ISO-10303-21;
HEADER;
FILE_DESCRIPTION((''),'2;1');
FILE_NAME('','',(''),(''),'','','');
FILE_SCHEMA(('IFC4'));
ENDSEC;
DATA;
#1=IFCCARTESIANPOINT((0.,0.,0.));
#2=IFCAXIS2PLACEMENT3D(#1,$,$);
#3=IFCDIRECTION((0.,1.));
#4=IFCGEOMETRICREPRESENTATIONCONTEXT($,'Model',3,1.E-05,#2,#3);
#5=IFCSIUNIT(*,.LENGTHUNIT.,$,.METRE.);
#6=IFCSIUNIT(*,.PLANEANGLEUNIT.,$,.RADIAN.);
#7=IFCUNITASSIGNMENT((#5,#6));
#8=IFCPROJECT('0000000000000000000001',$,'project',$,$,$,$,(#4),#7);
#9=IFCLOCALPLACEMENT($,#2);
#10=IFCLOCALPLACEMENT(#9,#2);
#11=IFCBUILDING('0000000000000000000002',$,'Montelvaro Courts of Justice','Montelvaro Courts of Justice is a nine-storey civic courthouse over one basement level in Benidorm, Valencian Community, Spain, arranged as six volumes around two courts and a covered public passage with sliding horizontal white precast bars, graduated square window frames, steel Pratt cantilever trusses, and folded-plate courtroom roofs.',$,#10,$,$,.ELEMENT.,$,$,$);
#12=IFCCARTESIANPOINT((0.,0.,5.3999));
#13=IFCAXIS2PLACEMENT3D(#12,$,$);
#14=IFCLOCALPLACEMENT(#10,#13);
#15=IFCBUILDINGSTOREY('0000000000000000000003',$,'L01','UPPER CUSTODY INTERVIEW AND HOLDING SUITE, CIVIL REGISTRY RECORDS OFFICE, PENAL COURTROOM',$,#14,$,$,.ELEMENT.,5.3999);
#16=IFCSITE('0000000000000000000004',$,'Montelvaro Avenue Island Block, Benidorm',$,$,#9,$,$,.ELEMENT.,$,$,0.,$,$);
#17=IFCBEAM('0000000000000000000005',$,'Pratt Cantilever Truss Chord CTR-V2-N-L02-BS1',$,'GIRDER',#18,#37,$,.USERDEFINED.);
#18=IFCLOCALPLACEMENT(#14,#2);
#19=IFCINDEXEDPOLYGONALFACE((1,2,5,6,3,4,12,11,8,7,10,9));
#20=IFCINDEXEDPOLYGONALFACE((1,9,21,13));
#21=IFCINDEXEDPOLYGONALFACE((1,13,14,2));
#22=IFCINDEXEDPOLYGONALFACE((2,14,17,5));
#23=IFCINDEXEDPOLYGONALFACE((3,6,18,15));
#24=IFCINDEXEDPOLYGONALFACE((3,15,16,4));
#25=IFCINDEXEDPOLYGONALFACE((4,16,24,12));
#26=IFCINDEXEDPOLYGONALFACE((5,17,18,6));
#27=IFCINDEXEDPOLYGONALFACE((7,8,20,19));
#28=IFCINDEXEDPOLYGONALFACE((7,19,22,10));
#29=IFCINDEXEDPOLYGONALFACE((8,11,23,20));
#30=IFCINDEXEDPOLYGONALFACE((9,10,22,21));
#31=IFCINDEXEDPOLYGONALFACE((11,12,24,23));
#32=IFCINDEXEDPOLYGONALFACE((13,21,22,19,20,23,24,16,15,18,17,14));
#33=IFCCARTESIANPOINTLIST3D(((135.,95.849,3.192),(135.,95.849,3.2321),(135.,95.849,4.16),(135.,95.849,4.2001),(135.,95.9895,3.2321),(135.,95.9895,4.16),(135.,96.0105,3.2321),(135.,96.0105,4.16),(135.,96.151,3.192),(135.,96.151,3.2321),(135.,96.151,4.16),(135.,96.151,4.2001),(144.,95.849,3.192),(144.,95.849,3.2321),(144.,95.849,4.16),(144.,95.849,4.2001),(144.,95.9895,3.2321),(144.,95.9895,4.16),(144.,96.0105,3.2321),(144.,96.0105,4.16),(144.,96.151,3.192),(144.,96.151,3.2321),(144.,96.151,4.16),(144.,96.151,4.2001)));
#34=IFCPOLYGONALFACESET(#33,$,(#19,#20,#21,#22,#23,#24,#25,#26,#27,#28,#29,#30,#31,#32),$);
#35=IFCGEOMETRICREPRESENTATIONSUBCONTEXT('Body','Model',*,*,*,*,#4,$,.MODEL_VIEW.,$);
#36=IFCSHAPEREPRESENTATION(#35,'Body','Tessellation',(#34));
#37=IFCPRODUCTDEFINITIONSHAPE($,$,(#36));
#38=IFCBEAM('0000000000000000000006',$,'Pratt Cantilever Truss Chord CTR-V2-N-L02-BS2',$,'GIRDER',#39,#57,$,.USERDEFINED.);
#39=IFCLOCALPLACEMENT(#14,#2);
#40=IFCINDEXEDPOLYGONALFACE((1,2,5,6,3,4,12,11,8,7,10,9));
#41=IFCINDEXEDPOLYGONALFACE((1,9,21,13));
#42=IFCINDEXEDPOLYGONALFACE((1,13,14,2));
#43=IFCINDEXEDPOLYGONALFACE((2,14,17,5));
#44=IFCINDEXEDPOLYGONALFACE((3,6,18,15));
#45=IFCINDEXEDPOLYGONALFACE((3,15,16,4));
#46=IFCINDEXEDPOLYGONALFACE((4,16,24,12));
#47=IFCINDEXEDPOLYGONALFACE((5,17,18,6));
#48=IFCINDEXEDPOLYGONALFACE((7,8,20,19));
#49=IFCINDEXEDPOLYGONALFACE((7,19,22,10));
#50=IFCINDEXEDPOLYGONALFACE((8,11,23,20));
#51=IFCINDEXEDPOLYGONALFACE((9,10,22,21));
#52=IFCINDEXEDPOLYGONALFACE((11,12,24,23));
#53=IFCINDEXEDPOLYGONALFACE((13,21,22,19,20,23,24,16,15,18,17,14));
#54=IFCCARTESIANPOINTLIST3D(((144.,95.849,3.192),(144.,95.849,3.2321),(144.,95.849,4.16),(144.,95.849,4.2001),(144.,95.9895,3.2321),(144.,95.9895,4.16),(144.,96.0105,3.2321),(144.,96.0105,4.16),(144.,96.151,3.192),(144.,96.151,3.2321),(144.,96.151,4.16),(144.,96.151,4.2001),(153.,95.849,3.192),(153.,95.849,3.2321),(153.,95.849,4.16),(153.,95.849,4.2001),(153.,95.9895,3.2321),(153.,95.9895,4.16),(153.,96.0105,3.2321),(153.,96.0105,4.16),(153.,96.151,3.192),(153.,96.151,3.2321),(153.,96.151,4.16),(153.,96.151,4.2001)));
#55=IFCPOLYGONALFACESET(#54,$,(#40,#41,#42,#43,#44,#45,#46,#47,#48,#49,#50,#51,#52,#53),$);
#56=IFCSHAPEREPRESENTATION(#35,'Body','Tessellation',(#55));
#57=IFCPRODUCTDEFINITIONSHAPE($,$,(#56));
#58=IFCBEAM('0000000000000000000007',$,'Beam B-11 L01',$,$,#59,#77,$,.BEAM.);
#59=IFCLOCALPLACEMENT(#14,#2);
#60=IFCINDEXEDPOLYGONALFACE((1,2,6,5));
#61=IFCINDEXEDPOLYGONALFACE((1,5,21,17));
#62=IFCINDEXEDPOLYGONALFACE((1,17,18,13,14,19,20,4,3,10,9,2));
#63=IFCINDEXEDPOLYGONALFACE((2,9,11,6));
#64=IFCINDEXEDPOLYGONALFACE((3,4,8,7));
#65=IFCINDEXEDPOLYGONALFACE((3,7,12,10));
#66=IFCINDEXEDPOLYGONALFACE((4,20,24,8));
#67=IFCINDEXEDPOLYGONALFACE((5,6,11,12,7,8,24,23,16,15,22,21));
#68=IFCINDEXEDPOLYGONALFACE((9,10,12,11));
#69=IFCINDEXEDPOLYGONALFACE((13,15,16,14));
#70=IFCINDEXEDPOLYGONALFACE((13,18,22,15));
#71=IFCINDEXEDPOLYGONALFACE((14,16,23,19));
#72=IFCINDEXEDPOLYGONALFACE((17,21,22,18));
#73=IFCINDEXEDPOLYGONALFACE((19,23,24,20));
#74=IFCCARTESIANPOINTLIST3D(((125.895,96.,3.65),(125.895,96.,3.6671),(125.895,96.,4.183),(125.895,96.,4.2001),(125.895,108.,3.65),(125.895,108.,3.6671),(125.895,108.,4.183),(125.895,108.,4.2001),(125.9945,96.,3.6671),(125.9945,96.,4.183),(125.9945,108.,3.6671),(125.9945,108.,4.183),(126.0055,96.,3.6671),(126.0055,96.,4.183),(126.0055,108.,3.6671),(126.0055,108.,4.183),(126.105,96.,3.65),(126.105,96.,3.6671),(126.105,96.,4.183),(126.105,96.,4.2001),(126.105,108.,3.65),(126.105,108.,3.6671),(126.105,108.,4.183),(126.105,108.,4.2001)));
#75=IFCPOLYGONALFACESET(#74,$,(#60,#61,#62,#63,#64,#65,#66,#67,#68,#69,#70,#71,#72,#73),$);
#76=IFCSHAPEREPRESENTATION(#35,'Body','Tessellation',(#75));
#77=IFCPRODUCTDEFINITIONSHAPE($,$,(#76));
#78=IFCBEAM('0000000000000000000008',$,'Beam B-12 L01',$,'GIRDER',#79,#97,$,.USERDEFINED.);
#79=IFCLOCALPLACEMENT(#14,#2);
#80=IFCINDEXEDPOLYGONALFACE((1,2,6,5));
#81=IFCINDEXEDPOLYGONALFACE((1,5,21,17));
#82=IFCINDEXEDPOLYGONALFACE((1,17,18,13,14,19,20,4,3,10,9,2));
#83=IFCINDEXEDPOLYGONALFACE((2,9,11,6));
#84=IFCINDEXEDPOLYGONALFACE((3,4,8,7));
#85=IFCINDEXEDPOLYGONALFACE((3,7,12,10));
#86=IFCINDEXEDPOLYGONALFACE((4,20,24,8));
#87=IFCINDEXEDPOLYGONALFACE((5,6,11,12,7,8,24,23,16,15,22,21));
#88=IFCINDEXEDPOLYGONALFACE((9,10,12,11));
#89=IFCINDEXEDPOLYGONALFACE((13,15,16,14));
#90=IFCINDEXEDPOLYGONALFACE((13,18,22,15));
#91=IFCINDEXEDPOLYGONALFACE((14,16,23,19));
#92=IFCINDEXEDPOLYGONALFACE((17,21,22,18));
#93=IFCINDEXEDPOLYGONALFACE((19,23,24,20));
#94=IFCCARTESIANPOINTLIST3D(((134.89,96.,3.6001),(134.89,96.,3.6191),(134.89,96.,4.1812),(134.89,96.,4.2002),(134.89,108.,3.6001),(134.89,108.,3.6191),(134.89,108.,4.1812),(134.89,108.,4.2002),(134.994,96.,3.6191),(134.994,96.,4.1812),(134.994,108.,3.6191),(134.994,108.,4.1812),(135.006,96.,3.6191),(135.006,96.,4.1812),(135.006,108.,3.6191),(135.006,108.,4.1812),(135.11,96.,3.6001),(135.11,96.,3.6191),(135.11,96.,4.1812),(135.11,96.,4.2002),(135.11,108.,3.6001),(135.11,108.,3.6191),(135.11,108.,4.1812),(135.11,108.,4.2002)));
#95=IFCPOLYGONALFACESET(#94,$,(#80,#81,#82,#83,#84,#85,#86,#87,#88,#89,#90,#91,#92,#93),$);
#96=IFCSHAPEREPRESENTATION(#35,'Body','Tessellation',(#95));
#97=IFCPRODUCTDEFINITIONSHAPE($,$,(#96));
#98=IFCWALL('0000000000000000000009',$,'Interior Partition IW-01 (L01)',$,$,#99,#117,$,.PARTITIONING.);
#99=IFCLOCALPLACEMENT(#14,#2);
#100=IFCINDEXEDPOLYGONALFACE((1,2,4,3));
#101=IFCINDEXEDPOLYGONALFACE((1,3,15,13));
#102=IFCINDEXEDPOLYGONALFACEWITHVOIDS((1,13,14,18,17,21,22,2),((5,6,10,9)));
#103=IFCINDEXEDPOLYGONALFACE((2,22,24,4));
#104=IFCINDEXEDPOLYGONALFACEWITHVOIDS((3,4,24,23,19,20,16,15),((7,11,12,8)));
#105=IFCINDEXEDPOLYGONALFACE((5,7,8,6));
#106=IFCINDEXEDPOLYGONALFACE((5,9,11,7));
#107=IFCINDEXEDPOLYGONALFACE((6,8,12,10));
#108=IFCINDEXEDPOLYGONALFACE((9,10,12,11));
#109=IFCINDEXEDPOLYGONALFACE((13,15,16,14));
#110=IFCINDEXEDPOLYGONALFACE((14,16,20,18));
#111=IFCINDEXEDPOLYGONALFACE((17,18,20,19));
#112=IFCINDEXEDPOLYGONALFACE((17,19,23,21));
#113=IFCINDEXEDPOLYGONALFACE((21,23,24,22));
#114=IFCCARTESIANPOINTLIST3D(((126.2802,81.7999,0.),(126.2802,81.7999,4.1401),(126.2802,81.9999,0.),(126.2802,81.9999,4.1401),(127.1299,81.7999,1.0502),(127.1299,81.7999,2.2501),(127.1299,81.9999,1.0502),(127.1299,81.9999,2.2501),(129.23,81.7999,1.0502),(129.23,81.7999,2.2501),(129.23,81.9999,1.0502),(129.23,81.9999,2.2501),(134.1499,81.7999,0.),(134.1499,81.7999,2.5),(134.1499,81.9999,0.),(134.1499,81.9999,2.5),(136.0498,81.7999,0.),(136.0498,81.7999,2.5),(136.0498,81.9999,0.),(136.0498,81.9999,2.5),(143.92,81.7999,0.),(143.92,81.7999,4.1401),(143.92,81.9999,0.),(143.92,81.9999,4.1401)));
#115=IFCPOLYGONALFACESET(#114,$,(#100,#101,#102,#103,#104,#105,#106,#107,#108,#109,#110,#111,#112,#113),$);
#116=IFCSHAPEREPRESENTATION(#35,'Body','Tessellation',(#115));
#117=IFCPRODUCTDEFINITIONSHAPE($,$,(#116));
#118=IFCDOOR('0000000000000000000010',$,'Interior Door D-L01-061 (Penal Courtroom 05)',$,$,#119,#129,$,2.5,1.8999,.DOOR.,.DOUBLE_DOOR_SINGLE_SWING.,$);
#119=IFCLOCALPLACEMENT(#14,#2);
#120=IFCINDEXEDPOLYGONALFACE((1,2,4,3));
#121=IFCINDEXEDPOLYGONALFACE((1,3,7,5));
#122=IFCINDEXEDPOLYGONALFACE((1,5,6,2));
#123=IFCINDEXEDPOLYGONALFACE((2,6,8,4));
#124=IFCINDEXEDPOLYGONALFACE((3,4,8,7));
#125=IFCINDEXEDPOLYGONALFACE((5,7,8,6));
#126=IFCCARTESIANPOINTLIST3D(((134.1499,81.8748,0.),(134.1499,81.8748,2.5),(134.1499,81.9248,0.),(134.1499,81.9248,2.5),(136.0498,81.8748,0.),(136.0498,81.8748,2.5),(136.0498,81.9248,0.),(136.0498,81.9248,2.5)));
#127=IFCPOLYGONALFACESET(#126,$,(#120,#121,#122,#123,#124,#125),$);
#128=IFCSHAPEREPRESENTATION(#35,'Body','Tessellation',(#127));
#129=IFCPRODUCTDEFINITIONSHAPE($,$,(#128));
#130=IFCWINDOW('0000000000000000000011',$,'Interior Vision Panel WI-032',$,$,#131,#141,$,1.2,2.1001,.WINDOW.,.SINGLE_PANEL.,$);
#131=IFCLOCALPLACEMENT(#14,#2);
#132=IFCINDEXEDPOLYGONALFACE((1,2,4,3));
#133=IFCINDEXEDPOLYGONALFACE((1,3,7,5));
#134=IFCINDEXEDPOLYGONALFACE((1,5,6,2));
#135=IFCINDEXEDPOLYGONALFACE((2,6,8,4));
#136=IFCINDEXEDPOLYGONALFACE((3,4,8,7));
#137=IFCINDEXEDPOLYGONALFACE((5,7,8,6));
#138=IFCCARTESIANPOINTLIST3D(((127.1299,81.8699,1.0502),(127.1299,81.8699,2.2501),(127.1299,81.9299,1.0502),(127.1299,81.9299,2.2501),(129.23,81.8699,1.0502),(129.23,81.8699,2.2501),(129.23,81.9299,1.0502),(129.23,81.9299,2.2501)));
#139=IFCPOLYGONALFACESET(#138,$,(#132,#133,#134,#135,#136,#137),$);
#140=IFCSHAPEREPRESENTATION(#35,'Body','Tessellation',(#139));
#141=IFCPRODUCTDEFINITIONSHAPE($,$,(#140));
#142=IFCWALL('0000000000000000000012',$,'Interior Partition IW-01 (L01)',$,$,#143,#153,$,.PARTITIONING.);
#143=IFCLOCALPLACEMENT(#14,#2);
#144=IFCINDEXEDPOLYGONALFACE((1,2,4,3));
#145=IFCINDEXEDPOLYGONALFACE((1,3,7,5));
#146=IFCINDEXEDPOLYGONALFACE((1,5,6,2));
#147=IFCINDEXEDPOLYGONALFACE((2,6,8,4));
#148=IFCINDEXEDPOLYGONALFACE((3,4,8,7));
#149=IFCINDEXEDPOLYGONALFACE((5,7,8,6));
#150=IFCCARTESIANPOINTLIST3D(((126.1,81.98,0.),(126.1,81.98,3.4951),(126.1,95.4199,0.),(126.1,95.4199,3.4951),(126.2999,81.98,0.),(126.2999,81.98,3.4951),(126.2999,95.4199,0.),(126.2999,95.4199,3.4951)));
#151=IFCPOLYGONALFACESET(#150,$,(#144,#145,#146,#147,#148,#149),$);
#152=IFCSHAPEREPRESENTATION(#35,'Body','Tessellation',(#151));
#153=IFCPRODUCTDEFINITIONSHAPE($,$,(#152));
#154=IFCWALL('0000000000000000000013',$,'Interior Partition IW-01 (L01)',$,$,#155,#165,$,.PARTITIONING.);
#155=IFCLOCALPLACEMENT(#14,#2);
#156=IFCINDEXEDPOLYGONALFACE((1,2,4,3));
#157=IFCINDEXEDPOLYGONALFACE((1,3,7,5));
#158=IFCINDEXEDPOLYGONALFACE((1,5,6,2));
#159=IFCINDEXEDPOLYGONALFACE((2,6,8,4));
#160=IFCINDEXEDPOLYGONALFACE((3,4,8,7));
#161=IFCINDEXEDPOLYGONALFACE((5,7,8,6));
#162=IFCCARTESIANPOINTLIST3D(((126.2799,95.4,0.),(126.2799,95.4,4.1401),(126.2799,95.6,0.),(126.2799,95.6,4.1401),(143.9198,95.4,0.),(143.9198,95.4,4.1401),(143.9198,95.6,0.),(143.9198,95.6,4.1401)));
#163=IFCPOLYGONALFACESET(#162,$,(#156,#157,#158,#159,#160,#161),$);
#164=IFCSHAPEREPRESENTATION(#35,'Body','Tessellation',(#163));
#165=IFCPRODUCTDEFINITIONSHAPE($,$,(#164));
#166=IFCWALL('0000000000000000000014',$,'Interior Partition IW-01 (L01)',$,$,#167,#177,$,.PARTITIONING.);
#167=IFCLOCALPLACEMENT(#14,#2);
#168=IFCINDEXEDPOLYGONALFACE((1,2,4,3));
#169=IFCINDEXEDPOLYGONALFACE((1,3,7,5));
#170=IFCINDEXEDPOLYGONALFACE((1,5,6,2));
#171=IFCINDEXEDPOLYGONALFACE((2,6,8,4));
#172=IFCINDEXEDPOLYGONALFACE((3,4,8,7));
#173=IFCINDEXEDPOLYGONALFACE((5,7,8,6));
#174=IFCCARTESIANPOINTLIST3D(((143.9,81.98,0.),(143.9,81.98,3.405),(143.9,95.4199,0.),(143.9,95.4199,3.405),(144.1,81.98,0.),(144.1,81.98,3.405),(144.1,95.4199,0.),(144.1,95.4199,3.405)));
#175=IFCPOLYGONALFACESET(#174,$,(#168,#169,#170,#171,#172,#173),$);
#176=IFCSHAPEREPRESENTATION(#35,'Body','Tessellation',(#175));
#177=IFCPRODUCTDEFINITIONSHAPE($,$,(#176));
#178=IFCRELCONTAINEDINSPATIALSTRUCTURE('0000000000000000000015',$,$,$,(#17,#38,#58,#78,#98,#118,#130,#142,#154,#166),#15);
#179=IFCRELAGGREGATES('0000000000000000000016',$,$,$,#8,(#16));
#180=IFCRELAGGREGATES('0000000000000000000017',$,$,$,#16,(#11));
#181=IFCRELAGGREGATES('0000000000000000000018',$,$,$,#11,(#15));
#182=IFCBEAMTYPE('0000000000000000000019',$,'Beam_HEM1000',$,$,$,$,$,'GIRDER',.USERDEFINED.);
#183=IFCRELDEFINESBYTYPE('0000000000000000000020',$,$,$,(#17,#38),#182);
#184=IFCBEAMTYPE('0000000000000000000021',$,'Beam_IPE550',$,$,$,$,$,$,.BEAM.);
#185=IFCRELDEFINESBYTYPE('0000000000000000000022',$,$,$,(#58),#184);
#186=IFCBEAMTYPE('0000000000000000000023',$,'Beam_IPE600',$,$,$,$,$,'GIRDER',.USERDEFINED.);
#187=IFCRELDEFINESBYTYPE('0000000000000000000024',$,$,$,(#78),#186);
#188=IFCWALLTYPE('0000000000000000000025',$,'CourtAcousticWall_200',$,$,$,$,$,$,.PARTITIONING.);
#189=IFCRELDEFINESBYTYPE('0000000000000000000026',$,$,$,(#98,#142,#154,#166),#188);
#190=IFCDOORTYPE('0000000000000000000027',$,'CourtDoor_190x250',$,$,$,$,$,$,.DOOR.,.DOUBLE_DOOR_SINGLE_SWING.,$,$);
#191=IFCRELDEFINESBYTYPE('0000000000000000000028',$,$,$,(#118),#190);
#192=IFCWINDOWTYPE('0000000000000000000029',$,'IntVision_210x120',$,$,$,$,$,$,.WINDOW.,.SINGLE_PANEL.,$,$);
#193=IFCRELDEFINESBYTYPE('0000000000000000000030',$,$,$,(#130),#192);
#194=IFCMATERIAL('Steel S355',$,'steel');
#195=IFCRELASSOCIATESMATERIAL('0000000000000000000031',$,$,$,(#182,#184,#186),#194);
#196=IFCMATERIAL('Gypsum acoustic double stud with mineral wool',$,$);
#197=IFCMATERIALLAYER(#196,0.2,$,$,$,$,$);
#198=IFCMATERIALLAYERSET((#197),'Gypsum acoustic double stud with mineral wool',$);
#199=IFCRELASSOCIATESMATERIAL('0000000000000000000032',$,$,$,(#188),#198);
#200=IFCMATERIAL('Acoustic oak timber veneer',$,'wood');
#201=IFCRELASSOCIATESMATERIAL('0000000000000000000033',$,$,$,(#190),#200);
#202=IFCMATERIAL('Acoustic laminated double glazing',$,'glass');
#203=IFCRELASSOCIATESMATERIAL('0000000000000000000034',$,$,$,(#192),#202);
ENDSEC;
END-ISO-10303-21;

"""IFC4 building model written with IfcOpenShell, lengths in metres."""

from ifc_helpers import new_model, si_unit, direction, frame, frame_2d, origin, origin_2d, place, context, subcontext, project, spatial, rectangle, i_section, extrude, material, layer, layer_set, material_profile, profile_set, type_object, element, fill, save


model = new_model("IFC4")

# Units and contexts
model_context = context("Model", 3, precision=1e-05, world=origin(), true_north=direction((0.0, 1.0)))
body_context = subcontext(model_context, "Body", "Model", "MODEL_VIEW")
ifc_project = project(units=[si_unit("LENGTHUNIT", "METRE"), si_unit("PLANEANGLEUNIT", "RADIAN")], contexts=[model_context])

# Site, building, storey
site_placement = place(None, origin())
site = spatial("IfcSite", under=ifc_project, at=site_placement, Name="Montelvaro Avenue Island Block, Benidorm", CompositionType="ELEMENT", RefElevation=0.0)
building_placement = place(site_placement, origin())
building = spatial("IfcBuilding", under=site, at=building_placement, Name="Montelvaro Courts of Justice", Description="Montelvaro Courts of Justice is a nine-storey civic courthouse over one basement level in Benidorm, Valencian Community, Spain, arranged as six volumes around two courts and a covered public passage with sliding horizontal white precast bars, graduated square window frames, steel Pratt cantilever trusses, and folded-plate courtroom roofs.", CompositionType="ELEMENT")
storey_placement = place(building_placement, frame((0.0, 0.0, 5.3999)))
storey = spatial("IfcBuildingStorey", under=building, at=storey_placement, Name="L01", Description="UPPER CUSTODY INTERVIEW AND HOLDING SUITE, CIVIL REGISTRY RECORDS OFFICE, PENAL COURTROOM", CompositionType="ELEMENT", Elevation=5.3999)

# Shared definitions
ifc_material_1 = material(Name="Steel S355", Category="steel")

# Beams
ifc_material_profile_1 = material_profile(ifc_material_1, i_section(OverallWidth=0.302, OverallDepth=1.0081, WebThickness=0.021, FlangeThickness=0.04, at=origin_2d()), Name="HEM 1000")
ifc_profile_set_1 = profile_set([ifc_material_profile_1], Name="Steel S355")
beam_type_1 = type_object("IfcBeamType", Name="Beam_HEM1000", ElementType="GIRDER", PredefinedType="USERDEFINED", material=ifc_profile_set_1)
for number, where, z_axis, x_axis, name in (
    (1, (135.0, 96.0, 3.696), (1.0, 0.0, 0.0), (0.0, 1.0, 0.0), "Pratt Cantilever Truss Chord CTR-V2-N-L02-BS1"),
    (2, (144.0, 96.0, 3.696), (1.0, 0.0, 0.0), (0.0, 1.0, 0.0), "Pratt Cantilever Truss Chord CTR-V2-N-L02-BS2"),
):
    element("IfcBeam", number, at=place(storey_placement, frame(where, z_axis=z_axis, x_axis=x_axis)), inside=storey, type_object=beam_type_1, Name=name, ObjectType="GIRDER", PredefinedType="USERDEFINED", context=body_context, shape_type="SweptSolid", body=[
        extrude(i_section(OverallWidth=0.302, OverallDepth=1.0081, WebThickness=0.021, FlangeThickness=0.04, at=origin_2d()), origin(), (0.0, 0.0, 1.0), 9.0),
    ])
ifc_material_profile_2 = material_profile(ifc_material_1, i_section(OverallWidth=0.21, OverallDepth=0.55, WebThickness=0.011, FlangeThickness=0.0171, at=origin_2d()), Name="IPE 550")
ifc_profile_set_2 = profile_set([ifc_material_profile_2], Name="Steel S355")
beam_type_2 = type_object("IfcBeamType", Name="Beam_IPE550", PredefinedType="BEAM", material=ifc_profile_set_2)
beam_1_placement = place(storey_placement, frame((126.0, 96.0, 3.925), z_axis=(0.0, 1.0, 0.0), x_axis=(-1.0, 0.0, 0.0)))
element("IfcBeam", 3, at=beam_1_placement, inside=storey, type_object=beam_type_2, Name="Beam B-11 L01", PredefinedType="BEAM", context=body_context, shape_type="SweptSolid", body=[
    extrude(i_section(OverallWidth=0.21, OverallDepth=0.55, WebThickness=0.011, FlangeThickness=0.0171, at=origin_2d()), origin(), (0.0, 0.0, 1.0), 12.0),
])
ifc_material_profile_3 = material_profile(ifc_material_1, i_section(OverallWidth=0.22, OverallDepth=0.6001, WebThickness=0.012, FlangeThickness=0.019, at=origin_2d()), Name="IPE 600")
ifc_profile_set_3 = profile_set([ifc_material_profile_3], Name="Steel S355")
beam_type_3 = type_object("IfcBeamType", Name="Beam_IPE600", ElementType="GIRDER", PredefinedType="USERDEFINED", material=ifc_profile_set_3)
beam_2_placement = place(storey_placement, frame((135.0, 96.0, 3.9001), z_axis=(0.0, 1.0, 0.0), x_axis=(-1.0, 0.0, 0.0)))
element("IfcBeam", 4, at=beam_2_placement, inside=storey, type_object=beam_type_3, Name="Beam B-12 L01", ObjectType="GIRDER", PredefinedType="USERDEFINED", context=body_context, shape_type="SweptSolid", body=[
    extrude(i_section(OverallWidth=0.22, OverallDepth=0.6001, WebThickness=0.012, FlangeThickness=0.019, at=origin_2d()), origin(), (0.0, 0.0, 1.0), 12.0),
])

# Wall, openings, door, window
ifc_material_2 = material(Name="Gypsum acoustic double stud with mineral wool")
ifc_layer = layer(ifc_material_2, 0.2)
ifc_layer_set = layer_set([ifc_layer], Name="Gypsum acoustic double stud with mineral wool")
wall_type = type_object("IfcWallType", Name="CourtAcousticWall_200", PredefinedType="PARTITIONING", material=ifc_layer_set)
wall_1_placement = place(storey_placement, frame((143.9199, 81.8999, 0.0), z_axis=(0.0, 0.0, 1.0), x_axis=(-1.0, 0.0, 0.0)))
wall_1 = element("IfcWall", 5, at=wall_1_placement, inside=storey, type_object=wall_type, Name="Interior Partition IW-01 (L01)", PredefinedType="PARTITIONING", context=body_context, shape_type="SweptSolid", body=[
    extrude(rectangle(XDim=17.6399, YDim=0.2, at=frame_2d((8.8198, 0.0))), origin(), (0.0, 0.0, 1.0), 4.1401),
])
opening_1_placement = place(wall_1_placement, frame((7.8701, 0.0, 0.0)))
opening_1 = element("IfcOpeningElement", 6, at=opening_1_placement, cuts=wall_1, PredefinedType="OPENING", context=body_context, shape_type="SweptSolid", body=[
    extrude(rectangle(XDim=1.8999, YDim=2.5, at=frame_2d((0.95, 1.25))), frame((0.0, 0.1147, 0.0), z_axis=(0.0, -1.0, 0.0), x_axis=(1.0, 0.0, 0.0)), (0.0, 0.0, 1.0), 0.2297),
])
opening_2_placement = place(wall_1_placement, frame((14.6899, 0.0, 1.05)))
opening_2 = element("IfcOpeningElement", 7, at=opening_2_placement, cuts=wall_1, PredefinedType="OPENING", context=body_context, shape_type="SweptSolid", body=[
    extrude(rectangle(XDim=2.1001, YDim=1.2, at=frame_2d((1.05, 0.6001))), frame((0.0, 0.1147, 0.0), z_axis=(0.0, -1.0, 0.0), x_axis=(1.0, 0.0, 0.0)), (0.0, 0.0, 1.0), 0.2297),
])
ifc_material_3 = material(Name="Acoustic oak timber veneer", Category="wood")
door_type = type_object("IfcDoorType", Name="CourtDoor_190x250", OperationType="DOUBLE_DOOR_SINGLE_SWING", PredefinedType="DOOR", material=ifc_material_3)
door_placement = place(opening_1_placement, frame((1.8999, 0.0, 0.0), z_axis=(0.0, 0.0, 1.0), x_axis=(-1.0, 0.0, 0.0)))
door = element("IfcDoor", 8, at=door_placement, inside=storey, type_object=door_type, Name="Interior Door D-L01-061 (Penal Courtroom 05)", OperationType="DOUBLE_DOOR_SINGLE_SWING", OverallHeight=2.5, OverallWidth=1.8999, PredefinedType="DOOR", context=body_context, shape_type="SweptSolid", body=[
    extrude(rectangle(XDim=1.8999, YDim=2.5, at=frame_2d((0.95, 1.25))), frame((0.0, 0.0249, 0.0), z_axis=(0.0, -1.0, 0.0), x_axis=(1.0, 0.0, 0.0)), (0.0, 0.0, 1.0), 0.05),
])
fill(opening_1, door)
ifc_material_4 = material(Name="Acoustic laminated double glazing", Category="glass")
window_type = type_object("IfcWindowType", Name="IntVision_210x120", PartitioningType="SINGLE_PANEL", PredefinedType="WINDOW", material=ifc_material_4)
window_placement = place(opening_2_placement, origin())
window = element("IfcWindow", 9, at=window_placement, inside=storey, type_object=window_type, Name="Interior Vision Panel WI-032", OverallHeight=1.2, OverallWidth=2.1001, PartitioningType="SINGLE_PANEL", PredefinedType="WINDOW", context=body_context, shape_type="SweptSolid", body=[
    extrude(rectangle(XDim=2.1001, YDim=1.2, at=frame_2d((1.05, 0.6001))), frame((0.0, 0.03, 0.0), z_axis=(0.0, -1.0, 0.0), x_axis=(1.0, 0.0, 0.0)), (0.0, 0.0, 1.0), 0.0601),
])
fill(opening_2, window)

# Walls
wall_2_placement = place(storey_placement, frame((126.2, 81.98, 0.0), z_axis=(0.0, 0.0, 1.0), x_axis=(0.0, 1.0, 0.0)))
element("IfcWall", 10, at=wall_2_placement, inside=storey, type_object=wall_type, Name="Interior Partition IW-01 (L01)", PredefinedType="PARTITIONING", context=body_context, shape_type="SweptSolid", body=[
    extrude(rectangle(XDim=13.4399, YDim=0.2, at=frame_2d((6.72, 0.0))), origin(), (0.0, 0.0, 1.0), 3.4951),
])
wall_3_placement = place(storey_placement, frame((126.28, 95.5, 0.0), z_axis=(0.0, 0.0, 1.0), x_axis=(1.0, 0.0, 0.0)))
element("IfcWall", 11, at=wall_3_placement, inside=storey, type_object=wall_type, Name="Interior Partition IW-01 (L01)", PredefinedType="PARTITIONING", context=body_context, shape_type="SweptSolid", body=[
    extrude(rectangle(XDim=17.6399, YDim=0.2, at=frame_2d((8.8198, 0.0))), origin(), (0.0, 0.0, 1.0), 4.1401),
])
wall_4_placement = place(storey_placement, frame((144.0, 95.4199, 0.0), z_axis=(0.0, 0.0, 1.0), x_axis=(0.0, -1.0, 0.0)))
element("IfcWall", 12, at=wall_4_placement, inside=storey, type_object=wall_type, Name="Interior Partition IW-01 (L01)", PredefinedType="PARTITIONING", context=body_context, shape_type="SweptSolid", body=[
    extrude(rectangle(XDim=13.4399, YDim=0.2, at=frame_2d((6.72, 0.0))), origin(), (0.0, 0.0, 1.0), 3.405),
])

save(model, "model.ifc")
